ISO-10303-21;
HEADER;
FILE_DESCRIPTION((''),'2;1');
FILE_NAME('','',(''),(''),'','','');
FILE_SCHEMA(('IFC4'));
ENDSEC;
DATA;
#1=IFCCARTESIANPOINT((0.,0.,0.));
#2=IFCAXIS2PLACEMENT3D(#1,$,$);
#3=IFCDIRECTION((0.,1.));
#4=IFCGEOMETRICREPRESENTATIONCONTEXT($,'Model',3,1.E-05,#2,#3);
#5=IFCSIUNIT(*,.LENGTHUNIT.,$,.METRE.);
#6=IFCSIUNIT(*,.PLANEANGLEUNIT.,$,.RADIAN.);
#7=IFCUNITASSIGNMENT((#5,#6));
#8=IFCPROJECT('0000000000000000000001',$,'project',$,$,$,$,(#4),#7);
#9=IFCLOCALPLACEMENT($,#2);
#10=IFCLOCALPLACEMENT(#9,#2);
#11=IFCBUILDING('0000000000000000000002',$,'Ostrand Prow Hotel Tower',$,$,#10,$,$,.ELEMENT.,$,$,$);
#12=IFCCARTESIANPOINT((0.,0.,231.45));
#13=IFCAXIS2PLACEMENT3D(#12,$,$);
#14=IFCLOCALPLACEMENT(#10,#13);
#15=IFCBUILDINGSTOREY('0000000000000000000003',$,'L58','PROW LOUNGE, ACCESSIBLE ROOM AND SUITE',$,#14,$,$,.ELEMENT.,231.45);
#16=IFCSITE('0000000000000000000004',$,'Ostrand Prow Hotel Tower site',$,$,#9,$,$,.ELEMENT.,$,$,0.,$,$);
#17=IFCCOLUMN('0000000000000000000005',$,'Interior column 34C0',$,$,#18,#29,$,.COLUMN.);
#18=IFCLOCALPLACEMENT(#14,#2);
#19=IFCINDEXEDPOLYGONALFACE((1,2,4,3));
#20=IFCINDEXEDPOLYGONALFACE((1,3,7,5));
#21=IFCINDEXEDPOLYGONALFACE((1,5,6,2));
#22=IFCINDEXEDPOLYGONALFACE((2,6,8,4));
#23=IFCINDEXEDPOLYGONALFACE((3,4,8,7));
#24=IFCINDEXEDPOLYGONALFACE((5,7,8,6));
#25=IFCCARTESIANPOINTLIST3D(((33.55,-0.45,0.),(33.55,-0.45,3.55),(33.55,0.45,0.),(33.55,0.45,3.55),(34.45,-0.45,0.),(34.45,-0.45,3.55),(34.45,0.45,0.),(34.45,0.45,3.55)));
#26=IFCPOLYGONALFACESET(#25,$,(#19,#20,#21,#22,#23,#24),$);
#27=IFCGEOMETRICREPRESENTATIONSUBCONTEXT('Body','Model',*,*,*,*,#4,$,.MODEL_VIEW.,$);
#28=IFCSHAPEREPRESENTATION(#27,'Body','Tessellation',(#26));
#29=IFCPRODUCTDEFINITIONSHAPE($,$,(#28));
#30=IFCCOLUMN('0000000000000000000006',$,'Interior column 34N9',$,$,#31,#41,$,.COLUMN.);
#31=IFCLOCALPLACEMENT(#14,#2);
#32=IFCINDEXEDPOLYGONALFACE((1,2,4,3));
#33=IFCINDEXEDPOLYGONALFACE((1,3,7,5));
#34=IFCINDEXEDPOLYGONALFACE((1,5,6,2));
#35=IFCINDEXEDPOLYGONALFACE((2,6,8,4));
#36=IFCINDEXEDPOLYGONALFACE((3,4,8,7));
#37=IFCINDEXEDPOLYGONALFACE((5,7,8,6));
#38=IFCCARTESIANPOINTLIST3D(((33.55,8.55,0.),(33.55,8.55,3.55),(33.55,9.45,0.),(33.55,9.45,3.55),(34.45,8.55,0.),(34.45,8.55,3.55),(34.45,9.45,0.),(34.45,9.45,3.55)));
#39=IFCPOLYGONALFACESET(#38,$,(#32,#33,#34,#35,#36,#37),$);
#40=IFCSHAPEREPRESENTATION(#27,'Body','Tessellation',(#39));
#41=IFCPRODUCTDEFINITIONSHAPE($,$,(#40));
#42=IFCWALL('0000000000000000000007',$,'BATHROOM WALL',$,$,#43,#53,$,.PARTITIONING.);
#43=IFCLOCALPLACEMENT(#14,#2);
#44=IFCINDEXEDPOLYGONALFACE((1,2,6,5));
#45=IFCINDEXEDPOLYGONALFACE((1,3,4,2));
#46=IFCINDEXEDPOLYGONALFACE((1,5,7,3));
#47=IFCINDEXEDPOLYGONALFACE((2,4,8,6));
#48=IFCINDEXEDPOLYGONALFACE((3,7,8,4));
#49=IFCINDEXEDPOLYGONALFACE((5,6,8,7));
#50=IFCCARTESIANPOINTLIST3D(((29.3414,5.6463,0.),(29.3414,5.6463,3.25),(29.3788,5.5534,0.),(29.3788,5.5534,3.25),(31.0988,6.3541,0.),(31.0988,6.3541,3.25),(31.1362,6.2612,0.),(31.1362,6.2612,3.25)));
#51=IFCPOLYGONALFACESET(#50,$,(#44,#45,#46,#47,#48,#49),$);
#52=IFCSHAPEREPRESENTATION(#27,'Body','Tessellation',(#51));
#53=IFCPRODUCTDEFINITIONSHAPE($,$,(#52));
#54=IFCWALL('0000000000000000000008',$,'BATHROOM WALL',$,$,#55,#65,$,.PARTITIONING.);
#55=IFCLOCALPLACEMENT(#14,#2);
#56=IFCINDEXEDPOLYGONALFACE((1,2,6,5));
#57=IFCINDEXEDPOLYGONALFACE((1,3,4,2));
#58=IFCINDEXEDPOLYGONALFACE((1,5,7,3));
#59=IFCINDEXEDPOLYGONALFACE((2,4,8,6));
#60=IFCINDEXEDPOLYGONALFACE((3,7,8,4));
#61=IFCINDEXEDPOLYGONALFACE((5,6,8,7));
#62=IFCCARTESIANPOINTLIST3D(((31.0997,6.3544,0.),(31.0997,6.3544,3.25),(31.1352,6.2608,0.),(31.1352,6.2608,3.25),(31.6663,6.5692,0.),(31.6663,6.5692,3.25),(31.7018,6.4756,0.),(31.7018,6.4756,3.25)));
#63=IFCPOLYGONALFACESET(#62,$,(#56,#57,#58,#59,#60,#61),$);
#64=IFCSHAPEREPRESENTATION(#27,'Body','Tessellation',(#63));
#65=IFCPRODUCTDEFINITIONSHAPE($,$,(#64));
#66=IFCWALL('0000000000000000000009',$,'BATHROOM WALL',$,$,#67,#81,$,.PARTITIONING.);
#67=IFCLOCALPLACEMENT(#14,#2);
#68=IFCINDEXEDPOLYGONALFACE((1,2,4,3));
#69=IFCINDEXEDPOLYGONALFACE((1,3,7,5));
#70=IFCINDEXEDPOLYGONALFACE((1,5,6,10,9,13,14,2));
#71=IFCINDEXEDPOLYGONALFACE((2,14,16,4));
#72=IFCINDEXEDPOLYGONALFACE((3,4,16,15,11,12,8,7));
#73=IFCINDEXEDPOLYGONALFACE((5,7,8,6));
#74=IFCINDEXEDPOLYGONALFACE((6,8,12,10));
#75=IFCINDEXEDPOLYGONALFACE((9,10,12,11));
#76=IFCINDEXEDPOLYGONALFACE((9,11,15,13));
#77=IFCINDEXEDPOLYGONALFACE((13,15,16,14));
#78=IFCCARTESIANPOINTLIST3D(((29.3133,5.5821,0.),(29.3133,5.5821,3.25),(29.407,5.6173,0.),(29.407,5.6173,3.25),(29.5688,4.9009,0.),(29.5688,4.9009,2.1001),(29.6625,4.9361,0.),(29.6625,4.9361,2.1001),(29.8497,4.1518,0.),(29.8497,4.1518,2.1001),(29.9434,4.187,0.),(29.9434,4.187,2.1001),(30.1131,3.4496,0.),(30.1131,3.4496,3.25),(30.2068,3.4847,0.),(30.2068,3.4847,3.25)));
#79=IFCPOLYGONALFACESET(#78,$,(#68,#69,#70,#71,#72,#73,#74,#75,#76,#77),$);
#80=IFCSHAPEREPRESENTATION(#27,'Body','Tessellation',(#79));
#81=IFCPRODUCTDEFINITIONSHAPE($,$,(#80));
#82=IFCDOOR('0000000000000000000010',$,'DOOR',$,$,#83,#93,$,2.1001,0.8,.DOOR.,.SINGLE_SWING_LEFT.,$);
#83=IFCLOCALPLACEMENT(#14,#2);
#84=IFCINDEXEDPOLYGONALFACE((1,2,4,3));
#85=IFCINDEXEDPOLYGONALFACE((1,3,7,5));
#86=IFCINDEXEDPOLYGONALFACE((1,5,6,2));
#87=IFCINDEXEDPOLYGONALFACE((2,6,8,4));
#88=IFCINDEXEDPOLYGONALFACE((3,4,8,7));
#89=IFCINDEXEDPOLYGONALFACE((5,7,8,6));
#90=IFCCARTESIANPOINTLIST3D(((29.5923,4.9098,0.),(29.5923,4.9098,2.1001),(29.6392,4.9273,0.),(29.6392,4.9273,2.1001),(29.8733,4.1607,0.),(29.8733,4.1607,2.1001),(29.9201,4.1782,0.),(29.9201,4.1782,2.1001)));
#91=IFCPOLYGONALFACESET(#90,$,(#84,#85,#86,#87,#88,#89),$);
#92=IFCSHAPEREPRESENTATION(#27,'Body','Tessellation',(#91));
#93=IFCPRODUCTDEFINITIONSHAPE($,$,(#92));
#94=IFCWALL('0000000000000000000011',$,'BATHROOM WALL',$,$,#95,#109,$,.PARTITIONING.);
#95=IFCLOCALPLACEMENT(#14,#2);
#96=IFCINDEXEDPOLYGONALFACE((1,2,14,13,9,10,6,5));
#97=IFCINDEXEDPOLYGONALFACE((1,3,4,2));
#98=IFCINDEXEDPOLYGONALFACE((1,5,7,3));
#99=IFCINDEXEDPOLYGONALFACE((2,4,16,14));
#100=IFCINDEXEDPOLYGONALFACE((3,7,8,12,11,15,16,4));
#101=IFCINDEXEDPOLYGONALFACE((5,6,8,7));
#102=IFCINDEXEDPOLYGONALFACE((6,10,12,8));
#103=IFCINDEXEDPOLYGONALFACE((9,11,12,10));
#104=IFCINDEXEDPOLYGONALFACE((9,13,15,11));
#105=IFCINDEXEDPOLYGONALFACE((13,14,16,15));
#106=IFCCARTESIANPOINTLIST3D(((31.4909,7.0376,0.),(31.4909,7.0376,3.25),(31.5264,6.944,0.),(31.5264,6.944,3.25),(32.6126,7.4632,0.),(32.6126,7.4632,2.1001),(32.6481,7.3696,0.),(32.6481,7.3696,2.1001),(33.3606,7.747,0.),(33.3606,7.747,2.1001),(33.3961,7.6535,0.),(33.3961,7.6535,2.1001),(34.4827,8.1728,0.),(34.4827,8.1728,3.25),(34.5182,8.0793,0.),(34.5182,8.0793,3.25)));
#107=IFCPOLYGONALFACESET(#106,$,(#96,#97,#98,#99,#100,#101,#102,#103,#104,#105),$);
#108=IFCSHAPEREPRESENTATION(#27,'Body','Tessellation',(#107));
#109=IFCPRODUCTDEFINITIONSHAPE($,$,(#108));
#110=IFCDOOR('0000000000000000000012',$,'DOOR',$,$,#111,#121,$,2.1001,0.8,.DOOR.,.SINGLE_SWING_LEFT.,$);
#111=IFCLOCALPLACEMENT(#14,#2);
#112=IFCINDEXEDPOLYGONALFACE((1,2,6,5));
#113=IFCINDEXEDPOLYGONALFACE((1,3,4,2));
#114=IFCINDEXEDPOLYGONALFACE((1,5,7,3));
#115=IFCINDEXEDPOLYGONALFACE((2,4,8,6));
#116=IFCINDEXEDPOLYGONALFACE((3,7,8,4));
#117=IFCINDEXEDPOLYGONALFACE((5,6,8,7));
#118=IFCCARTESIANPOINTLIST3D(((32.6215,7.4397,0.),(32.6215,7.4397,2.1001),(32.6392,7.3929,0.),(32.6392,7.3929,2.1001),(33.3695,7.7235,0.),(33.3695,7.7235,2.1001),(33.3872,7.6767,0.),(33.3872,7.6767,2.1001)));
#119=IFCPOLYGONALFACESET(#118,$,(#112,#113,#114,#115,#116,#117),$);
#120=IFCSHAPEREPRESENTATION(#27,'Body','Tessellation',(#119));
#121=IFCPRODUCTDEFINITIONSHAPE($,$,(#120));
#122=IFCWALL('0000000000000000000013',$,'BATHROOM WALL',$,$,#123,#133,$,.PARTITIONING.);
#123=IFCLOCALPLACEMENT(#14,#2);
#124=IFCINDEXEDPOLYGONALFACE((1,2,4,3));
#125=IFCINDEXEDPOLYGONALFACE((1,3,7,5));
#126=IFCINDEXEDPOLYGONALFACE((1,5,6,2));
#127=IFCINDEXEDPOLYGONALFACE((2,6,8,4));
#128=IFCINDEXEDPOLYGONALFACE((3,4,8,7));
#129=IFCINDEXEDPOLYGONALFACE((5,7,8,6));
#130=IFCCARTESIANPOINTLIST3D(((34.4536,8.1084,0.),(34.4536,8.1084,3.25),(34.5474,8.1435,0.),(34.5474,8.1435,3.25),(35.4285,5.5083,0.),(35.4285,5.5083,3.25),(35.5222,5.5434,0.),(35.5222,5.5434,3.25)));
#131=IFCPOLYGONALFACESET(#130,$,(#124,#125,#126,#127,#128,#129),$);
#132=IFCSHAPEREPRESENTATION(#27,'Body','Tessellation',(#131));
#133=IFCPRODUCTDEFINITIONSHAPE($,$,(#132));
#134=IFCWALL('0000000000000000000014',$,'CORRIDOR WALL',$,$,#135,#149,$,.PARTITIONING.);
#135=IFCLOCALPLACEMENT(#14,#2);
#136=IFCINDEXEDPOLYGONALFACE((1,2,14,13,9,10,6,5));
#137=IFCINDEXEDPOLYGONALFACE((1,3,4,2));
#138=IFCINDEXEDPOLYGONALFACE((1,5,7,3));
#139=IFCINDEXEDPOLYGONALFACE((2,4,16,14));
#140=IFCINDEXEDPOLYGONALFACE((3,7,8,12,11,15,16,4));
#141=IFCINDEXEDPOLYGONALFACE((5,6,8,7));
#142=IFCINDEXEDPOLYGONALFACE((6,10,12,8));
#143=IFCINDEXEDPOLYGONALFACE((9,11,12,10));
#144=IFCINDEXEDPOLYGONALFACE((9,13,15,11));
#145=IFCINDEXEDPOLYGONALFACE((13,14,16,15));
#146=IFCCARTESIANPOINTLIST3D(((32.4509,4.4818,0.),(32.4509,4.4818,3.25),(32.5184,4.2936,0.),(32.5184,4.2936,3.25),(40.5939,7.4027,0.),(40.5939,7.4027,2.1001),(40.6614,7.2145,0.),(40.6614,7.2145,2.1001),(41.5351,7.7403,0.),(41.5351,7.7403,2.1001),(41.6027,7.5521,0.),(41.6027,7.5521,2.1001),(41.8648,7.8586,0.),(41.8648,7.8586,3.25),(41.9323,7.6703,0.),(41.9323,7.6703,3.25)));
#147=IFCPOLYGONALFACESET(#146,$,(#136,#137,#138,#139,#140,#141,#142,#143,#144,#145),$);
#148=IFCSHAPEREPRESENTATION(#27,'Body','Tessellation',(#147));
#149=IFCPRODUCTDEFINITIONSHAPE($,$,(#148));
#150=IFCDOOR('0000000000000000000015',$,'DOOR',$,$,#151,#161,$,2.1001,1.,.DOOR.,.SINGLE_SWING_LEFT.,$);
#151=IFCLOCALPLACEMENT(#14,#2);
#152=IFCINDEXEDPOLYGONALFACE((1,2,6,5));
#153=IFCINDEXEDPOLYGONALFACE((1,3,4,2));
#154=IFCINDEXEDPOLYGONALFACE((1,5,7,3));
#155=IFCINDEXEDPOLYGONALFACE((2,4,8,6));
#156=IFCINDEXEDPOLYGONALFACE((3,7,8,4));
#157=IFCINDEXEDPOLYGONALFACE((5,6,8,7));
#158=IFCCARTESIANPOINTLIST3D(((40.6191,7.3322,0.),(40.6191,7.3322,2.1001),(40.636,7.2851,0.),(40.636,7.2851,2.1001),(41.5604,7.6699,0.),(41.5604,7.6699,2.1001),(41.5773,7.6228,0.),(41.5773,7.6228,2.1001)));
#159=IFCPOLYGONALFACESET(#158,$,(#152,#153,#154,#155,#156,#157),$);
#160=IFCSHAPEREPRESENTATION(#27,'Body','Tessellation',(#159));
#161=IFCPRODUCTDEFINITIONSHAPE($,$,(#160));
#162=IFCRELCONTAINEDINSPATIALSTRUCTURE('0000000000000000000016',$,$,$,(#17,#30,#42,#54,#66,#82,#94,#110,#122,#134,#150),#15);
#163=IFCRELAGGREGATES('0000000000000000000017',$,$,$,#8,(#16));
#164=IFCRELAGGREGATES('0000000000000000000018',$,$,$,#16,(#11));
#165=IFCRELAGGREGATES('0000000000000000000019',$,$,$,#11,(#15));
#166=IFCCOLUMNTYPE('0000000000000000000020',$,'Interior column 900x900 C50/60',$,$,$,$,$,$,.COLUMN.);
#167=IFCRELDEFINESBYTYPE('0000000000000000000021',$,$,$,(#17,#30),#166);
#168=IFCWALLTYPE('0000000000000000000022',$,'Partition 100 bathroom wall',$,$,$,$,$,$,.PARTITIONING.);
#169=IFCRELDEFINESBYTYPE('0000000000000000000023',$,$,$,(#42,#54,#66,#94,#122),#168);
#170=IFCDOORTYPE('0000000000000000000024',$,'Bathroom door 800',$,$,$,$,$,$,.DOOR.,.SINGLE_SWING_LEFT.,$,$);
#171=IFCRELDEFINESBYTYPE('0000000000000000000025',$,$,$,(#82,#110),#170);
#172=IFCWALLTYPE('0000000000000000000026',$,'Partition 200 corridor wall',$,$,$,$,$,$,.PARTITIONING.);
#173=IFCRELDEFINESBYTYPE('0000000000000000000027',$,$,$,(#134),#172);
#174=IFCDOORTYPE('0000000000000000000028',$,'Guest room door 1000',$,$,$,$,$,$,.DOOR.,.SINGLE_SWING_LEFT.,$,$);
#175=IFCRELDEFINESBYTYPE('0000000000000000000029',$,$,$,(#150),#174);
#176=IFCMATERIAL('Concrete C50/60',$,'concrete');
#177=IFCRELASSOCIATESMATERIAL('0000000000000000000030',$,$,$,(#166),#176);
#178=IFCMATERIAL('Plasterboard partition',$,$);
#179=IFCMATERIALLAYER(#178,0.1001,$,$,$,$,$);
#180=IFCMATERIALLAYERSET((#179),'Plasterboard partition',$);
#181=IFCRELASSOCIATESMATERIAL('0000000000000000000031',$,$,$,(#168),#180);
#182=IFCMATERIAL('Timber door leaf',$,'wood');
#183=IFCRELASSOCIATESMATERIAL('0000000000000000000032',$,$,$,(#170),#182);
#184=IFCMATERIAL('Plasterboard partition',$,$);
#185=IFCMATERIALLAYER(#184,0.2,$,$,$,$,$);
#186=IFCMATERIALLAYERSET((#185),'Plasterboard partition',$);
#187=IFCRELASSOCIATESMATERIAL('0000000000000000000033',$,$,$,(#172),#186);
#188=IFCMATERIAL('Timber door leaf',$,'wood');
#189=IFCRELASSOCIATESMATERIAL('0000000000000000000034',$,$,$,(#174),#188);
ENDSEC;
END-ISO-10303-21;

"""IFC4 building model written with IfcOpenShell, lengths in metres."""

from ifc_helpers import new_model, si_unit, direction, frame, frame_2d, origin, origin_2d, place, context, subcontext, project, spatial, rectangle, extrude, material, layer, layer_set, material_profile, profile_set, type_object, element, fill, save


model = new_model("IFC4")

# Units and contexts
model_context = context("Model", 3, precision=1e-05, world=origin(), true_north=direction((0.0, 1.0)))
body_context = subcontext(model_context, "Body", "Model", "MODEL_VIEW")
ifc_project = project(units=[si_unit("LENGTHUNIT", "METRE"), si_unit("PLANEANGLEUNIT", "RADIAN")], contexts=[model_context])

# Site, building, storey
site_placement = place(None, origin())
site = spatial("IfcSite", under=ifc_project, at=site_placement, Name="Ostrand Prow Hotel Tower site", CompositionType="ELEMENT", RefElevation=0.0)
building_placement = place(site_placement, origin())
building = spatial("IfcBuilding", under=site, at=building_placement, Name="Ostrand Prow Hotel Tower", CompositionType="ELEMENT")
storey_placement = place(building_placement, frame((0.0, 0.0, 231.45)))
storey = spatial("IfcBuildingStorey", under=building, at=storey_placement, Name="L58", Description="PROW LOUNGE, ACCESSIBLE ROOM AND SUITE", CompositionType="ELEMENT", Elevation=231.45)

# Columns
ifc_material_1 = material(Name="Concrete C50/60", Category="concrete")
ifc_material_profile = material_profile(ifc_material_1, rectangle(XDim=0.8999, YDim=0.8999, at=origin_2d()), Name="RC 900x900")
ifc_profile_set = profile_set([ifc_material_profile], Name="Concrete C50/60")
column_type = type_object("IfcColumnType", Name="Interior column 900x900 C50/60", PredefinedType="COLUMN", material=ifc_profile_set)
for number, where, z_axis, x_axis, name in (
    (1, (34.0, 0.0, 0.0), (0.0, 0.0, 1.0), (1.0, 0.0, 0.0), "Interior column 34C0"),
    (2, (34.0, 9.0, 0.0), (0.0, 0.0, 1.0), (1.0, 0.0, 0.0), "Interior column 34N9"),
):
    element("IfcColumn", number, at=place(storey_placement, frame(where, z_axis=z_axis, x_axis=x_axis)), inside=storey, type_object=column_type, Name=name, PredefinedType="COLUMN", context=body_context, shape_type="SweptSolid", body=[
        extrude(rectangle(XDim=0.8999, YDim=0.8999, at=origin_2d()), origin(), (0.0, 0.0, 1.0), 3.55),
    ])

# Walls
ifc_material_2 = material(Name="Plasterboard partition")
ifc_layer_1 = layer(ifc_material_2, 0.1001)
ifc_layer_set_1 = layer_set([ifc_layer_1], Name="Plasterboard partition")
wall_type_1 = type_object("IfcWallType", Name="Partition 100 bathroom wall", PredefinedType="PARTITIONING", material=ifc_layer_set_1)
wall_1_placement = place(storey_placement, frame((29.3601, 5.5999, 0.0), z_axis=(0.0, 0.0, 1.0), x_axis=(0.927594, 0.373589, 0.0)))
element("IfcWall", 3, at=wall_1_placement, inside=storey, type_object=wall_type_1, Name="BATHROOM WALL", PredefinedType="PARTITIONING", context=body_context, shape_type="SweptSolid", body=[
    extrude(rectangle(XDim=1.8945, YDim=0.1001, at=frame_2d((0.9473, 0.0))), origin(), (0.0, 0.0, 1.0), 3.25),
])
wall_2_placement = place(storey_placement, frame((31.1174, 6.3076, 0.0), z_axis=(0.0, 0.0, 1.0), x_axis=(0.935048, 0.354521, 0.0)))
element("IfcWall", 4, at=wall_2_placement, inside=storey, type_object=wall_type_1, Name="BATHROOM WALL", PredefinedType="PARTITIONING", context=body_context, shape_type="SweptSolid", body=[
    extrude(rectangle(XDim=0.606, YDim=0.1001, at=frame_2d((0.303, 0.0))), origin(), (0.0, 0.0, 1.0), 3.25),
])

# Walls, openings, doors
wall_3_placement = place(storey_placement, frame((30.1599, 3.4673, 0.0), z_axis=(0.0, 0.0, 1.0), x_axis=(-0.351159, 0.936316, 0.0)))
wall_3 = element("IfcWall", 5, at=wall_3_placement, inside=storey, type_object=wall_type_1, Name="BATHROOM WALL", PredefinedType="PARTITIONING", context=body_context, shape_type="SweptSolid", body=[
    extrude(rectangle(XDim=2.2776, YDim=0.1001, at=frame_2d((1.1387, 0.0))), origin(), (0.0, 0.0, 1.0), 3.25),
])
opening_1_placement = place(wall_3_placement, frame((0.75, 0.0, 0.0)))
opening_1 = element("IfcOpeningElement", 6, at=opening_1_placement, cuts=wall_3, PredefinedType="OPENING", context=body_context, shape_type="SweptSolid", body=[
    extrude(rectangle(XDim=0.8, YDim=2.1001, at=frame_2d((0.3999, 1.05))), frame((0.0, 0.0601, 0.0), z_axis=(0.0, -1.0, 0.0), x_axis=(1.0, 0.0, 0.0)), (0.0, 0.0, 1.0), 0.1201),
])
ifc_material_3 = material(Name="Timber door leaf", Category="wood")
door_type_1 = type_object("IfcDoorType", Name="Bathroom door 800", OperationType="SINGLE_SWING_LEFT", PredefinedType="DOOR", material=ifc_material_3)
door_1_placement = place(opening_1_placement, origin())
door_1 = element("IfcDoor", 7, at=door_1_placement, inside=storey, type_object=door_type_1, Name="DOOR", OperationType="SINGLE_SWING_LEFT", OverallHeight=2.1001, OverallWidth=0.8, PredefinedType="DOOR", context=body_context, shape_type="SweptSolid", body=[
    extrude(rectangle(XDim=0.8, YDim=2.1001, at=frame_2d((0.3999, 1.05))), frame((0.0, 0.0249, 0.0), z_axis=(0.0, -1.0, 0.0), x_axis=(1.0, 0.0, 0.0)), (0.0, 0.0, 1.0), 0.05),
])
fill(opening_1, door_1)
wall_4_placement = place(storey_placement, frame((31.5085, 6.9907, 0.0), z_axis=(0.0, 0.0, 1.0), x_axis=(0.934949, 0.354783, 0.0)))
wall_4 = element("IfcWall", 8, at=wall_4_placement, inside=storey, type_object=wall_type_1, Name="BATHROOM WALL", PredefinedType="PARTITIONING", context=body_context, shape_type="SweptSolid", body=[
    extrude(rectangle(XDim=3.2, YDim=0.1001, at=frame_2d((1.6001, 0.0))), origin(), (0.0, 0.0, 1.0), 3.25),
])
opening_2_placement = place(wall_4_placement, frame((1.2, 0.0, 0.0)))
opening_2 = element("IfcOpeningElement", 9, at=opening_2_placement, cuts=wall_4, PredefinedType="OPENING", context=body_context, shape_type="SweptSolid", body=[
    extrude(rectangle(XDim=0.8, YDim=2.1001, at=frame_2d((0.3999, 1.05))), frame((0.0, 0.0601, 0.0), z_axis=(0.0, -1.0, 0.0), x_axis=(1.0, 0.0, 0.0)), (0.0, 0.0, 1.0), 0.1201),
])
door_2_placement = place(opening_2_placement, origin())
door_2 = element("IfcDoor", 10, at=door_2_placement, inside=storey, type_object=door_type_1, Name="DOOR", OperationType="SINGLE_SWING_LEFT", OverallHeight=2.1001, OverallWidth=0.8, PredefinedType="DOOR", context=body_context, shape_type="SweptSolid", body=[
    extrude(rectangle(XDim=0.8, YDim=2.1001, at=frame_2d((0.3999, 1.05))), frame((0.0, 0.0249, 0.0), z_axis=(0.0, -1.0, 0.0), x_axis=(1.0, 0.0, 0.0)), (0.0, 0.0, 1.0), 0.05),
])
fill(opening_2, door_2)

# Wall
wall_5_placement = place(storey_placement, frame((34.5005, 8.126, 0.0), z_axis=(0.0, 0.0, 1.0), x_axis=(0.351066, -0.936351, 0.0)))
element("IfcWall", 11, at=wall_5_placement, inside=storey, type_object=wall_type_1, Name="BATHROOM WALL", PredefinedType="PARTITIONING", context=body_context, shape_type="SweptSolid", body=[
    extrude(rectangle(XDim=2.7769, YDim=0.1001, at=frame_2d((1.3884, 0.0))), origin(), (0.0, 0.0, 1.0), 3.25),
])

# Wall, opening, door
ifc_material_4 = material(Name="Plasterboard partition")
ifc_layer_2 = layer(ifc_material_4, 0.2)
ifc_layer_set_2 = layer_set([ifc_layer_2], Name="Plasterboard partition")
wall_type_2 = type_object("IfcWallType", Name="Partition 200 corridor wall", PredefinedType="PARTITIONING", material=ifc_layer_set_2)
wall_6_placement = place(storey_placement, frame((41.8984, 7.7644, 0.0), z_axis=(0.0, 0.0, 1.0), x_axis=(-0.941278, -0.337634, 0.0)))
wall_6 = element("IfcWall", 12, at=wall_6_placement, inside=storey, type_object=wall_type_2, Name="CORRIDOR WALL", PredefinedType="PARTITIONING", context=body_context, shape_type="SweptSolid", body=[
    extrude(rectangle(XDim=10.0012, YDim=0.2, at=frame_2d((5.0005, 0.0))), origin(), (0.0, 0.0, 1.0), 3.25),
])
opening_3_placement = place(wall_6_placement, frame((0.3501, 0.0, 0.0)))
opening_3 = element("IfcOpeningElement", 13, at=opening_3_placement, cuts=wall_6, PredefinedType="OPENING", context=body_context, shape_type="SweptSolid", body=[
    extrude(rectangle(XDim=1.0, YDim=2.1001, at=frame_2d((0.5, 1.05))), frame((0.0, 0.1099, 0.0), z_axis=(0.0, -1.0, 0.0), x_axis=(1.0, 0.0, 0.0)), (0.0, 0.0, 1.0), 0.22),
])
ifc_material_5 = material(Name="Timber door leaf", Category="wood")
door_type_2 = type_object("IfcDoorType", Name="Guest room door 1000", OperationType="SINGLE_SWING_LEFT", PredefinedType="DOOR", material=ifc_material_5)
door_3_placement = place(opening_3_placement, origin())
door_3 = element("IfcDoor", 14, at=door_3_placement, inside=storey, type_object=door_type_2, Name="DOOR", OperationType="SINGLE_SWING_LEFT", OverallHeight=2.1001, OverallWidth=1.0, PredefinedType="DOOR", context=body_context, shape_type="SweptSolid", body=[
    extrude(rectangle(XDim=1.0, YDim=2.1001, at=frame_2d((0.5, 1.05))), frame((0.0, 0.0249, 0.0), z_axis=(0.0, -1.0, 0.0), x_axis=(1.0, 0.0, 0.0)), (0.0, 0.0, 1.0), 0.05),
])
fill(opening_3, door_3)

save(model, "model.ifc")
